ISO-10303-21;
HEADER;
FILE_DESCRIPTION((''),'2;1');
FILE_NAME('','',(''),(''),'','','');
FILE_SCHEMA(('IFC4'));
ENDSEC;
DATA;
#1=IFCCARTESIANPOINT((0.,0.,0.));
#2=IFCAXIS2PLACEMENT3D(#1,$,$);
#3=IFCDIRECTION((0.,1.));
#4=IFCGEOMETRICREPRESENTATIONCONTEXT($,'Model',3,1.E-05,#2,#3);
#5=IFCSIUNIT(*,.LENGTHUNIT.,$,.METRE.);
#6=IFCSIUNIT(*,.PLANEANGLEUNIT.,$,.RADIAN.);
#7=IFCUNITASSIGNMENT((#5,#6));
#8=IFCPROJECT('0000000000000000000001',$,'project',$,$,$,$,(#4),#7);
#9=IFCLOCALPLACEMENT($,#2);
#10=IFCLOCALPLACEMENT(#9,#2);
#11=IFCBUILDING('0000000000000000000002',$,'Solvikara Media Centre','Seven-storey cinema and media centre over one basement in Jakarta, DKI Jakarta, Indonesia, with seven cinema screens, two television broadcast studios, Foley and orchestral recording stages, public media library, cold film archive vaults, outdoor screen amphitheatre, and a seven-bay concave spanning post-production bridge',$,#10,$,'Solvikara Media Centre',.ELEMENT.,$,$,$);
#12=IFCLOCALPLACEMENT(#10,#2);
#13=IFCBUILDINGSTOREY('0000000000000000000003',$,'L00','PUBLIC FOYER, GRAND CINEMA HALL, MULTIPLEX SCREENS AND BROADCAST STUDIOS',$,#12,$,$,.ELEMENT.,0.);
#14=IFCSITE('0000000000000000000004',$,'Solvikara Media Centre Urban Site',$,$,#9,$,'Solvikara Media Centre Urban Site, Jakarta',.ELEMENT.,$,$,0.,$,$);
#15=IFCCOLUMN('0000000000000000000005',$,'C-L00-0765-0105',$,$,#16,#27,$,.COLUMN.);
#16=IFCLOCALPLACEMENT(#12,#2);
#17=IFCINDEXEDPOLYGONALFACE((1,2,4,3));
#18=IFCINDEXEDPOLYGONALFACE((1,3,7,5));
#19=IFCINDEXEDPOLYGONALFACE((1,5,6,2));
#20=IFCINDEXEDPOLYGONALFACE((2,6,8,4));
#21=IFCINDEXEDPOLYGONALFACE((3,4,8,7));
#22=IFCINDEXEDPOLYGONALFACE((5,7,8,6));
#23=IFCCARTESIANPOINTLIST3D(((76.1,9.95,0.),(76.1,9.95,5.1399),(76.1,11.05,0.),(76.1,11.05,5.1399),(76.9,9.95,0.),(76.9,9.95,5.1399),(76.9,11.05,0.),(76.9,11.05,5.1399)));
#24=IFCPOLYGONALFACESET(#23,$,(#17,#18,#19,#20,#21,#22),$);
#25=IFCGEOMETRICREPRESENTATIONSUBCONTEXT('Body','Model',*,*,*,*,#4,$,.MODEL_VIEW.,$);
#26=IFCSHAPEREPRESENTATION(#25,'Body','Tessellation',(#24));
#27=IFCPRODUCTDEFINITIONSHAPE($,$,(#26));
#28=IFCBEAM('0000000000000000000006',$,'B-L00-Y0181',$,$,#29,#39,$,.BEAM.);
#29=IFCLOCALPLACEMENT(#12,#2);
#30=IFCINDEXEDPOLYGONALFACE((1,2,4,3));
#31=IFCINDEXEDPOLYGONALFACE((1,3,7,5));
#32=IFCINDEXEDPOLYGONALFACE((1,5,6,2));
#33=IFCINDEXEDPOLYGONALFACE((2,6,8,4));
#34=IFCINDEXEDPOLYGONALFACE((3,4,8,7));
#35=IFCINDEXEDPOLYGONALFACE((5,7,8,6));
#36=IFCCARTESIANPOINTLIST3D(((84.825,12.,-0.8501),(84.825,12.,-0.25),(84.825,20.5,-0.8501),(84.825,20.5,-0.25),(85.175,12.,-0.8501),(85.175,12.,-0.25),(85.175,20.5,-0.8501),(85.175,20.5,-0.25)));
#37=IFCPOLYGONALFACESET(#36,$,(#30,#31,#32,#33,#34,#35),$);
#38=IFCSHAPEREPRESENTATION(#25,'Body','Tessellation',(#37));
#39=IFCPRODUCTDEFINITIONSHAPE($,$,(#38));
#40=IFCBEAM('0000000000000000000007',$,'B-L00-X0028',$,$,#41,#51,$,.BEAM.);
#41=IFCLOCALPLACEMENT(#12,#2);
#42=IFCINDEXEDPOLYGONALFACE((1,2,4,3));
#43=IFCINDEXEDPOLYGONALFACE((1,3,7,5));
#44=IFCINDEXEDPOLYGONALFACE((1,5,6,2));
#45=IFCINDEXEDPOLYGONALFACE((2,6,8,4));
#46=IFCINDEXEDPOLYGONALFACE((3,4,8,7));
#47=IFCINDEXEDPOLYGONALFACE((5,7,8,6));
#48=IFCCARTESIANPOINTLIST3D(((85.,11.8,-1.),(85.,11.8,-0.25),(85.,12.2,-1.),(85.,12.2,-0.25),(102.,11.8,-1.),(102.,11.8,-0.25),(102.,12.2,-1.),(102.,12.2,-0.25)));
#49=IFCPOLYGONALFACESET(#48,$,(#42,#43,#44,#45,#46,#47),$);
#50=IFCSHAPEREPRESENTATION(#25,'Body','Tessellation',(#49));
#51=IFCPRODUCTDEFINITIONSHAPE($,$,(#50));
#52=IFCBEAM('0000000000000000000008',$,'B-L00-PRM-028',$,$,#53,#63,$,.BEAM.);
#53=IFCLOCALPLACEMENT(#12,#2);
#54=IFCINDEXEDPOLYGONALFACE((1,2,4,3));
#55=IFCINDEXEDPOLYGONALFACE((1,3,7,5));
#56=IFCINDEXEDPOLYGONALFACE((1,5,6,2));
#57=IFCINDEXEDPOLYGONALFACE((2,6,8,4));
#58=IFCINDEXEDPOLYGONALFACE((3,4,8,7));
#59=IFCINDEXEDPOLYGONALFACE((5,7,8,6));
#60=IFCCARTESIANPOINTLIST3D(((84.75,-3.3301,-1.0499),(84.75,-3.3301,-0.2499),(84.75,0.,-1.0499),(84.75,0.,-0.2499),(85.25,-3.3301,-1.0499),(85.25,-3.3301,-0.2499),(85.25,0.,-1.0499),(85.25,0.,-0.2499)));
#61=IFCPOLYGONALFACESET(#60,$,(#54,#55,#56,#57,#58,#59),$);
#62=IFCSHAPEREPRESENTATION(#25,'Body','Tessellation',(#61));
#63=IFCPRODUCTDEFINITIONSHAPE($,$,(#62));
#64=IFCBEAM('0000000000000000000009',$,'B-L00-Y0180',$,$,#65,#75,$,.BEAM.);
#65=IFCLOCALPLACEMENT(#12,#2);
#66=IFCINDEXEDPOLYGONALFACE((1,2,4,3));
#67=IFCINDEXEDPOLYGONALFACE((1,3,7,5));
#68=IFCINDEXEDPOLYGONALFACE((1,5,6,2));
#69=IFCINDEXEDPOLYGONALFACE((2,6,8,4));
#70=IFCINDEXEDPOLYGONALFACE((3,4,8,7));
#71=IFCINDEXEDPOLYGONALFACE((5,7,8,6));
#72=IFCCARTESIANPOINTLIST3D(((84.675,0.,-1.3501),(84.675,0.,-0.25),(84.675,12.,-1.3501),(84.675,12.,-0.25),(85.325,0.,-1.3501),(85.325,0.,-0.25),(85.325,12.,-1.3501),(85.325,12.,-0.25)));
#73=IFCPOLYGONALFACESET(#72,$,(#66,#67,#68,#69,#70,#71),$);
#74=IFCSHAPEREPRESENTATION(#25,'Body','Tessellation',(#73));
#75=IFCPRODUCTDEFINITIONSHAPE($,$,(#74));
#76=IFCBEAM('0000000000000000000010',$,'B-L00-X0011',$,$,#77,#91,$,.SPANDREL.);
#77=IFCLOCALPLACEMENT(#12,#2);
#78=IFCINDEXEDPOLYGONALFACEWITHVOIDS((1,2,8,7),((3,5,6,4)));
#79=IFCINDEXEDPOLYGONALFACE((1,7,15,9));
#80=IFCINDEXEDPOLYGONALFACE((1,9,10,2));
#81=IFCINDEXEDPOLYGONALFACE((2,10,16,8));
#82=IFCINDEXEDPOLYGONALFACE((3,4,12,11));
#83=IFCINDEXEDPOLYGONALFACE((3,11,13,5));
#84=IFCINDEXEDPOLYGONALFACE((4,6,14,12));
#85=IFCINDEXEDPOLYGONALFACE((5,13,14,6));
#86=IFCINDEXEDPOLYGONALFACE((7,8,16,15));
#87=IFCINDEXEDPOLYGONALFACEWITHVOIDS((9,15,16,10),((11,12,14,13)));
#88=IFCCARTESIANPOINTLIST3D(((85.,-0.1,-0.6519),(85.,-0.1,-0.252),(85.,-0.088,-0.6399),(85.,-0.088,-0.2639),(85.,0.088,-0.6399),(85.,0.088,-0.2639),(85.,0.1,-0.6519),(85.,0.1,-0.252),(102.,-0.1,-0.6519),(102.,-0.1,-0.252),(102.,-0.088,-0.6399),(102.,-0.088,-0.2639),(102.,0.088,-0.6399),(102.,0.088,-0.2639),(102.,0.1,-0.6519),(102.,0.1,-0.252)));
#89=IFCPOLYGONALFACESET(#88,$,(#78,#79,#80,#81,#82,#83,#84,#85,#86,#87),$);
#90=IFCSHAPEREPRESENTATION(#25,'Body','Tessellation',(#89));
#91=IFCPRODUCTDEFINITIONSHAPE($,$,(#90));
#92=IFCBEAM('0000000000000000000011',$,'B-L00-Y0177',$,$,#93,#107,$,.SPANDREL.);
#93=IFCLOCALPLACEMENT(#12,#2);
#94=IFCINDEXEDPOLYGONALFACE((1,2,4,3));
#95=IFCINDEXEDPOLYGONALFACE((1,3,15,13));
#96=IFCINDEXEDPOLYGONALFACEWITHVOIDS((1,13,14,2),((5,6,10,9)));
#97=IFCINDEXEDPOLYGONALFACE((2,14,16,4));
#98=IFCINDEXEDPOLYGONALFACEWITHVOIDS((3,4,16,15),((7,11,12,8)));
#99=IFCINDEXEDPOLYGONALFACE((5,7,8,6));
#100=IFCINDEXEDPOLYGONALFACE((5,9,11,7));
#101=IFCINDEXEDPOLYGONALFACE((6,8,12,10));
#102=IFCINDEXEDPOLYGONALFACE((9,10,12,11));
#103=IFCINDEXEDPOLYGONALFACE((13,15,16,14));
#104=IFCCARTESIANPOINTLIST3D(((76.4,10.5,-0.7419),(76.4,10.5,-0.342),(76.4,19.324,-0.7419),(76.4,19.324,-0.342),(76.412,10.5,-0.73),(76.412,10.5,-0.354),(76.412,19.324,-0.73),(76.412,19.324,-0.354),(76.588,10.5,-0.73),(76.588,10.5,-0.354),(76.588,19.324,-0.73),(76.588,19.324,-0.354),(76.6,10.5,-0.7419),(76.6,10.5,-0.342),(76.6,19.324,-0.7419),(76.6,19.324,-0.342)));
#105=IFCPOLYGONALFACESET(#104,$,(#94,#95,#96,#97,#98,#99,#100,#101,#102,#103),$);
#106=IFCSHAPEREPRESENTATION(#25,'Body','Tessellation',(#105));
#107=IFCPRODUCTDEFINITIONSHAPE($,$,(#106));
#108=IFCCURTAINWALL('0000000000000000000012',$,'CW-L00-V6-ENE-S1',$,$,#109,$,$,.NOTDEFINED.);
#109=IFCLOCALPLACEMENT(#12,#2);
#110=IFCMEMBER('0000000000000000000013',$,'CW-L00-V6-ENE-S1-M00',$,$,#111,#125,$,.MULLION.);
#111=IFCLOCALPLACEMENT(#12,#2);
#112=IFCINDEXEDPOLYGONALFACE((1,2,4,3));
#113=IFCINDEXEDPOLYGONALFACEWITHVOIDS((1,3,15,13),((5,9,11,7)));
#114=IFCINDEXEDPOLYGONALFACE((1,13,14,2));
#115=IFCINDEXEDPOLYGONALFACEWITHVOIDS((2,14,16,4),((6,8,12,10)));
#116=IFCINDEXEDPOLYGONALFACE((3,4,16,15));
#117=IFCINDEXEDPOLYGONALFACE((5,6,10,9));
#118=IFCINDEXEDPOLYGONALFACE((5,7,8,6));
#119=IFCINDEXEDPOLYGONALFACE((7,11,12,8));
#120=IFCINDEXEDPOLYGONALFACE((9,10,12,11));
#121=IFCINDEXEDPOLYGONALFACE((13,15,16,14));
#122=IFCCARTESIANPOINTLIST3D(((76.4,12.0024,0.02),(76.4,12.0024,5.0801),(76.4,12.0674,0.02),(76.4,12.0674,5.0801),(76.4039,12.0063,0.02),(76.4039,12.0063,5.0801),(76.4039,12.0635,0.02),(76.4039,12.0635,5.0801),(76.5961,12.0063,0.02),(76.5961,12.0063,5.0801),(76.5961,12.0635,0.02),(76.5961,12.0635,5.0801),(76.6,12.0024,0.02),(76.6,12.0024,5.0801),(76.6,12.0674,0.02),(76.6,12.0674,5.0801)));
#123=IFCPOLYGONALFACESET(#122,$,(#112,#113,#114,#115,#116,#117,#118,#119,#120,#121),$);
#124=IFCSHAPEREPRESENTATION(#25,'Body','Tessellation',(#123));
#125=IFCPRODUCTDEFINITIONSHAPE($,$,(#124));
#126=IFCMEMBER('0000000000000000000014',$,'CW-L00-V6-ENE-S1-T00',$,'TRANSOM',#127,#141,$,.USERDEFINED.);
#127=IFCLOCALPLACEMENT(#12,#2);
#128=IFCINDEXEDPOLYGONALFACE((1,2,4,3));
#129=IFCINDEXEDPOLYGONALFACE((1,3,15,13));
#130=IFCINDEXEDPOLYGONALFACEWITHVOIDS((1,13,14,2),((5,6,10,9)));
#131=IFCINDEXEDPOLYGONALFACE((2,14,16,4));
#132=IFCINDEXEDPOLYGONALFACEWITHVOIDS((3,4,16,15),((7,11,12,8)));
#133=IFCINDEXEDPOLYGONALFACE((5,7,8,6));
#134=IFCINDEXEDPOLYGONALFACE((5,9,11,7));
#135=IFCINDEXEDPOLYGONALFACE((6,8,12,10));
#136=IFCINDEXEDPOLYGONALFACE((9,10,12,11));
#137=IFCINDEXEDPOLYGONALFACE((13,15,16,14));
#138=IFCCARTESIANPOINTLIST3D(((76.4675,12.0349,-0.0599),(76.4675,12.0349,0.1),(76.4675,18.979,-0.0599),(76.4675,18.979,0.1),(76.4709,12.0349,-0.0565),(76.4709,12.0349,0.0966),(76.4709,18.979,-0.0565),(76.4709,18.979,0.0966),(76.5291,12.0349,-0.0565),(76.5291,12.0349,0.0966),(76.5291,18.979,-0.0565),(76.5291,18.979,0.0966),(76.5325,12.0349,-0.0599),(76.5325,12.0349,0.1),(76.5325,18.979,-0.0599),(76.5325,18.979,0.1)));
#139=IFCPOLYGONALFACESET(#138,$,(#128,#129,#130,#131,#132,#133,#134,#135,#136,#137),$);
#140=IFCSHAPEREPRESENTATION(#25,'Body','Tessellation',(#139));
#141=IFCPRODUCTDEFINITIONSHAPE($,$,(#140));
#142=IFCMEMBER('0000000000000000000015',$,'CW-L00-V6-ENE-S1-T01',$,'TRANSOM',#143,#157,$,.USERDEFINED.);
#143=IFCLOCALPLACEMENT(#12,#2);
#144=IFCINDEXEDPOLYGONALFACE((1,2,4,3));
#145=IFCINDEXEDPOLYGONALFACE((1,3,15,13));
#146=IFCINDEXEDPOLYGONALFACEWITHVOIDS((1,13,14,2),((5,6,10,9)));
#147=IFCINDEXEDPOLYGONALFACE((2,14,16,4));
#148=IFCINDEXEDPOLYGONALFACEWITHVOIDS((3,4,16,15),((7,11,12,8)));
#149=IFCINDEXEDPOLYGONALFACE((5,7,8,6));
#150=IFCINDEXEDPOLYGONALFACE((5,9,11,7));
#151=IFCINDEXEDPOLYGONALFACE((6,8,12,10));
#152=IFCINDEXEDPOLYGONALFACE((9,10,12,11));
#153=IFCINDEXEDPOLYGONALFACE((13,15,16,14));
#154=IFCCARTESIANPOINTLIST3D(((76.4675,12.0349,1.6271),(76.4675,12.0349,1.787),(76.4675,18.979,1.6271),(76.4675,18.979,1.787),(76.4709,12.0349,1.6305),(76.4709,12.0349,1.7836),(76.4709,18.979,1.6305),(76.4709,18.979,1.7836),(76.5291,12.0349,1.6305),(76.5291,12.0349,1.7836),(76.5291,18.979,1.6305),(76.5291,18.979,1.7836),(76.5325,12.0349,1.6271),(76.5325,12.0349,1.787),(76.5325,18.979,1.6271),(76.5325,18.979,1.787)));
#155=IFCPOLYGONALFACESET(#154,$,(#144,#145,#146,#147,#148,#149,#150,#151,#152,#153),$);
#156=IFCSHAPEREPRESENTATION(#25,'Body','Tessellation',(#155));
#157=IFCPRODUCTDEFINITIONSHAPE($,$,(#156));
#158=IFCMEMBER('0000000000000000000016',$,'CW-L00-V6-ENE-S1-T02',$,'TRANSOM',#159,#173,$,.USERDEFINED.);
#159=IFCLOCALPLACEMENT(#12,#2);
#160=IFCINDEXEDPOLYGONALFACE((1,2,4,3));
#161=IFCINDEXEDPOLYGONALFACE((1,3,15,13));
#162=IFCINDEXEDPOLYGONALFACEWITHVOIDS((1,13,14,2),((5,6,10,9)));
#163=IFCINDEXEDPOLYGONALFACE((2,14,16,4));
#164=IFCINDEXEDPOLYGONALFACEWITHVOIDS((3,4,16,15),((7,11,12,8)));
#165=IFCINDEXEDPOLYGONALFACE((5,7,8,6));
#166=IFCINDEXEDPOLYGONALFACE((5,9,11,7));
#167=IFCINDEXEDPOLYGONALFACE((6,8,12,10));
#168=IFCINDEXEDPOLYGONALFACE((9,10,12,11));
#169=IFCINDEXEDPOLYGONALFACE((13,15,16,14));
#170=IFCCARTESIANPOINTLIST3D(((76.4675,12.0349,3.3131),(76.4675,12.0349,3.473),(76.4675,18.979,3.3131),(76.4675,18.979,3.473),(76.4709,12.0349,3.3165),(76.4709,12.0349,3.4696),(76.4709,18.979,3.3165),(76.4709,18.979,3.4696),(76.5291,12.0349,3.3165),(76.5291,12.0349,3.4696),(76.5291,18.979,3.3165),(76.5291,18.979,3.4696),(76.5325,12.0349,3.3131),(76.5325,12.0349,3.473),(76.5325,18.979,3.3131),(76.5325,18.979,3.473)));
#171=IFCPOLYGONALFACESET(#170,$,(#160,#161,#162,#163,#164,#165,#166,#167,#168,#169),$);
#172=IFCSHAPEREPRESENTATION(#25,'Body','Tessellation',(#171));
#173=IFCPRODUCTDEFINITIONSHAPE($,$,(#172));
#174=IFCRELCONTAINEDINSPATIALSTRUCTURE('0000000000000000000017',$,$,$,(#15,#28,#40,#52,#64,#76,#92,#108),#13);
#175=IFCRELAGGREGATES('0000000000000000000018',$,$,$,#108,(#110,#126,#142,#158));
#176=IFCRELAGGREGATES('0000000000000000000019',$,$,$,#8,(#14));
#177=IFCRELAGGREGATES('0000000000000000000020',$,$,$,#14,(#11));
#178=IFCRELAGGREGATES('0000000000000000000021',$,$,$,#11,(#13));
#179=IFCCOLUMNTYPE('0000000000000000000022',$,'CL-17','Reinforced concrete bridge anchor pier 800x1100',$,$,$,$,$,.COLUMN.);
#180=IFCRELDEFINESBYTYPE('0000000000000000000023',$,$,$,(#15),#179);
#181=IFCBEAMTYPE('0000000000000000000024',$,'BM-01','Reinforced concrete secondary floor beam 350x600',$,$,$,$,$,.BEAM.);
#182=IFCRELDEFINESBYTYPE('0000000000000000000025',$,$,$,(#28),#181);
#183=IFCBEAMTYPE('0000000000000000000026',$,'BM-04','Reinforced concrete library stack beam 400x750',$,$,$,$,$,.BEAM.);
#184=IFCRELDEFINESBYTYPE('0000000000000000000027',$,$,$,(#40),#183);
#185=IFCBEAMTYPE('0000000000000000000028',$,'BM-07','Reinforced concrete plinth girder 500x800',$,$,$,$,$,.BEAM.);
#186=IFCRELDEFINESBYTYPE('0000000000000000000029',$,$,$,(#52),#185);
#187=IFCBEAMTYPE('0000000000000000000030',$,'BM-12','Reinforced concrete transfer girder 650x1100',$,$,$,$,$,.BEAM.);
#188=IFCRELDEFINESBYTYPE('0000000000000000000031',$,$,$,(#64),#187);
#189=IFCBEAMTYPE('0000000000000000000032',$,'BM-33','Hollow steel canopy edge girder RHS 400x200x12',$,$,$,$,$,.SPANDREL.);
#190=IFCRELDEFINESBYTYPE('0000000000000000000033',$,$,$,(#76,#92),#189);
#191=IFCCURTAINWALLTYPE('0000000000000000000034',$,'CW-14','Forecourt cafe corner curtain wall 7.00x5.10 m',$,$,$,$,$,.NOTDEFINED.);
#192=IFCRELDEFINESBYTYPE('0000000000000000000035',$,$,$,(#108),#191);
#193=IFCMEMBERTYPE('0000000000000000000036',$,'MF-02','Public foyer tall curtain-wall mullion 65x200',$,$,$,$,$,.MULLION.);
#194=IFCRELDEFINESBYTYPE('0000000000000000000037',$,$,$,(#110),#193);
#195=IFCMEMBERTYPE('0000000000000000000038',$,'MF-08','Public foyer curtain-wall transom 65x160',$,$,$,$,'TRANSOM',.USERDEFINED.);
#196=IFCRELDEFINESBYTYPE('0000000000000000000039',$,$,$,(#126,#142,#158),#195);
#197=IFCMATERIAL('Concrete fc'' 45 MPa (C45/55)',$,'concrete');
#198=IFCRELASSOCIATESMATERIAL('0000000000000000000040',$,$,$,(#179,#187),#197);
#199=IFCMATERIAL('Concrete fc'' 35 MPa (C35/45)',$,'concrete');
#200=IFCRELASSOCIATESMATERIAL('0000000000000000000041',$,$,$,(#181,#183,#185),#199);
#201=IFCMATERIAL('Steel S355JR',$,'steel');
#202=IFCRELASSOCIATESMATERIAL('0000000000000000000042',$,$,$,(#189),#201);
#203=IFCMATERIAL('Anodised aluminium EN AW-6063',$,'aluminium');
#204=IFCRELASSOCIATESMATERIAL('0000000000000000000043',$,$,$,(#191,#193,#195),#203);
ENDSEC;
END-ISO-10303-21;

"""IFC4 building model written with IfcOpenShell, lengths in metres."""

from ifc_helpers import new_model, si_unit, direction, frame, origin, origin_2d, place, context, subcontext, project, spatial, rectangle, hollow_rectangle, extrude, material, material_profile, profile_set, type_object, element, aggregate, save


model = new_model("IFC4")

# Units and contexts
model_context = context("Model", 3, precision=1e-05, world=origin(), true_north=direction((0.0, 1.0)))
body_context = subcontext(model_context, "Body", "Model", "MODEL_VIEW")
ifc_project = project(units=[si_unit("LENGTHUNIT", "METRE"), si_unit("PLANEANGLEUNIT", "RADIAN")], contexts=[model_context])

# Site, building, storey
site_placement = place(None, origin())
site = spatial("IfcSite", under=ifc_project, at=site_placement, Name="Solvikara Media Centre Urban Site", LongName="Solvikara Media Centre Urban Site, Jakarta", CompositionType="ELEMENT", RefElevation=0.0)
building_placement = place(site_placement, origin())
building = spatial("IfcBuilding", under=site, at=building_placement, Name="Solvikara Media Centre", Description="Seven-storey cinema and media centre over one basement in Jakarta, DKI Jakarta, Indonesia, with seven cinema screens, two television broadcast studios, Foley and orchestral recording stages, public media library, cold film archive vaults, outdoor screen amphitheatre, and a seven-bay concave spanning post-production bridge", LongName="Solvikara Media Centre", CompositionType="ELEMENT")
storey_placement = place(building_placement, origin())
storey = spatial("IfcBuildingStorey", under=building, at=storey_placement, Name="L00", Description="PUBLIC FOYER, GRAND CINEMA HALL, MULTIPLEX SCREENS AND BROADCAST STUDIOS", CompositionType="ELEMENT", Elevation=0.0)

# Column
ifc_material_1 = material(Name="Concrete fc' 45 MPa (C45/55)", Category="concrete")
ifc_material_profile_1 = material_profile(ifc_material_1, rectangle(XDim=0.8, YDim=1.1001, at=origin_2d()), Name="RC 800x1100")
ifc_profile_set_1 = profile_set([ifc_material_profile_1], Name="Concrete fc' 45 MPa (C45/55)")
column_type = type_object("IfcColumnType", Name="CL-17", Description="Reinforced concrete bridge anchor pier 800x1100", PredefinedType="COLUMN", material=ifc_profile_set_1)
column_placement = place(storey_placement, frame((76.5, 10.5, 0.0), z_axis=(0.0, 0.0, 1.0), x_axis=(1.0, 0.0, 0.0)))
element("IfcColumn", 1, at=column_placement, inside=storey, type_object=column_type, Name="C-L00-0765-0105", PredefinedType="COLUMN", context=body_context, shape_type="SweptSolid", body=[
    extrude(rectangle(XDim=0.8, YDim=1.1001, at=origin_2d()), origin(), (0.0, 0.0, 1.0), 5.1399),
])

# Beams
ifc_material_2 = material(Name="Concrete fc' 35 MPa (C35/45)", Category="concrete")
ifc_material_profile_2 = material_profile(ifc_material_2, rectangle(XDim=0.3501, YDim=0.6001, at=origin_2d()), Name="RC 350x600")
ifc_profile_set_2 = profile_set([ifc_material_profile_2], Name="Concrete fc' 35 MPa (C35/45)")
beam_type_1 = type_object("IfcBeamType", Name="BM-01", Description="Reinforced concrete secondary floor beam 350x600", PredefinedType="BEAM", material=ifc_profile_set_2)
beam_1_placement = place(storey_placement, frame((85.0, 12.0, -0.55), z_axis=(0.0, 1.0, 0.0), x_axis=(-1.0, 0.0, 0.0)))
element("IfcBeam", 2, at=beam_1_placement, inside=storey, type_object=beam_type_1, Name="B-L00-Y0181", PredefinedType="BEAM", context=body_context, shape_type="SweptSolid", body=[
    extrude(rectangle(XDim=0.3501, YDim=0.6001, at=origin_2d()), origin(), (0.0, 0.0, 1.0), 8.5),
])
ifc_material_profile_3 = material_profile(ifc_material_2, rectangle(XDim=0.3999, YDim=0.75, at=origin_2d()), Name="RC 400x750")
ifc_profile_set_3 = profile_set([ifc_material_profile_3], Name="Concrete fc' 35 MPa (C35/45)")
beam_type_2 = type_object("IfcBeamType", Name="BM-04", Description="Reinforced concrete library stack beam 400x750", PredefinedType="BEAM", material=ifc_profile_set_3)
beam_2_placement = place(storey_placement, frame((85.0, 12.0, -0.625), z_axis=(1.0, 0.0, 0.0), x_axis=(0.0, 1.0, 0.0)))
element("IfcBeam", 3, at=beam_2_placement, inside=storey, type_object=beam_type_2, Name="B-L00-X0028", PredefinedType="BEAM", context=body_context, shape_type="SweptSolid", body=[
    extrude(rectangle(XDim=0.3999, YDim=0.75, at=origin_2d()), origin(), (0.0, 0.0, 1.0), 17.0),
])
ifc_material_profile_4 = material_profile(ifc_material_2, rectangle(XDim=0.5, YDim=0.8, at=origin_2d()), Name="RC 500x800")
ifc_profile_set_4 = profile_set([ifc_material_profile_4], Name="Concrete fc' 35 MPa (C35/45)")
beam_type_3 = type_object("IfcBeamType", Name="BM-07", Description="Reinforced concrete plinth girder 500x800", PredefinedType="BEAM", material=ifc_profile_set_4)
beam_3_placement = place(storey_placement, frame((85.0, -3.3301, -0.6499), z_axis=(0.0, 1.0, 0.0), x_axis=(-1.0, 0.0, 0.0)))
element("IfcBeam", 4, at=beam_3_placement, inside=storey, type_object=beam_type_3, Name="B-L00-PRM-028", PredefinedType="BEAM", context=body_context, shape_type="SweptSolid", body=[
    extrude(rectangle(XDim=0.5, YDim=0.8, at=origin_2d()), origin(), (0.0, 0.0, 1.0), 3.3301),
])
ifc_material_profile_5 = material_profile(ifc_material_1, rectangle(XDim=0.6499, YDim=1.1001, at=origin_2d()), Name="RC 650x1100")
ifc_profile_set_5 = profile_set([ifc_material_profile_5], Name="Concrete fc' 45 MPa (C45/55)")
beam_type_4 = type_object("IfcBeamType", Name="BM-12", Description="Reinforced concrete transfer girder 650x1100", PredefinedType="BEAM", material=ifc_profile_set_5)
beam_4_placement = place(storey_placement, frame((85.0, 0.0, -0.8), z_axis=(0.0, 1.0, 0.0), x_axis=(-1.0, 0.0, 0.0)))
element("IfcBeam", 5, at=beam_4_placement, inside=storey, type_object=beam_type_4, Name="B-L00-Y0180", PredefinedType="BEAM", context=body_context, shape_type="SweptSolid", body=[
    extrude(rectangle(XDim=0.6499, YDim=1.1001, at=origin_2d()), origin(), (0.0, 0.0, 1.0), 12.0),
])
ifc_material_3 = material(Name="Steel S355JR", Category="steel")
ifc_material_profile_6 = material_profile(ifc_material_3, hollow_rectangle(XDim=0.2, YDim=0.3999, WallThickness=0.012, at=origin_2d()), Name="RHS 400x200x12")
ifc_profile_set_6 = profile_set([ifc_material_profile_6], Name="Steel S355JR")
beam_type_5 = type_object("IfcBeamType", Name="BM-33", Description="Hollow steel canopy edge girder RHS 400x200x12", PredefinedType="SPANDREL", material=ifc_profile_set_6)
beam_5_placement = place(storey_placement, frame((85.0, 0.0, -0.4519), z_axis=(1.0, 0.0, 0.0), x_axis=(0.0, 1.0, 0.0)))
element("IfcBeam", 6, at=beam_5_placement, inside=storey, type_object=beam_type_5, Name="B-L00-X0011", PredefinedType="SPANDREL", context=body_context, shape_type="SweptSolid", body=[
    extrude(hollow_rectangle(XDim=0.2, YDim=0.3999, WallThickness=0.012, at=origin_2d()), origin(), (0.0, 0.0, 1.0), 17.0),
])
beam_6_placement = place(storey_placement, frame((76.5, 10.5, -0.542), z_axis=(0.0, 1.0, 0.0), x_axis=(-1.0, 0.0, 0.0)))
element("IfcBeam", 7, at=beam_6_placement, inside=storey, type_object=beam_type_5, Name="B-L00-Y0177", PredefinedType="SPANDREL", context=body_context, shape_type="SweptSolid", body=[
    extrude(hollow_rectangle(XDim=0.2, YDim=0.3999, WallThickness=0.012, at=origin_2d()), origin(), (0.0, 0.0, 1.0), 8.824),
])

# Curtain wall, members
ifc_material_4 = material(Name="Anodised aluminium EN AW-6063", Category="aluminium")
curtain_wall_type = type_object("IfcCurtainWallType", Name="CW-14", Description="Forecourt cafe corner curtain wall 7.00x5.10 m", PredefinedType="NOTDEFINED", material=ifc_material_4)
curtain_wall_placement = place(storey_placement, origin())
curtain_wall = element("IfcCurtainWall", 8, at=curtain_wall_placement, inside=storey, type_object=curtain_wall_type, Name="CW-L00-V6-ENE-S1", PredefinedType="NOTDEFINED")
ifc_material_profile_7 = material_profile(ifc_material_4, hollow_rectangle(XDim=0.0649, YDim=0.2, WallThickness=0.0039, at=origin_2d()), Name="ALU-M 65x200x4")
ifc_profile_set_7 = profile_set([ifc_material_profile_7], Name="Anodised aluminium EN AW-6063")
member_type_1 = type_object("IfcMemberType", Name="MF-02", Description="Public foyer tall curtain-wall mullion 65x200", PredefinedType="MULLION", material=ifc_profile_set_7)
member_1_placement = place(storey_placement, frame((76.5, 12.0349, 0.02), z_axis=(0.0, 0.0, 1.0), x_axis=(0.0, 1.0, 0.0)))
member_1 = element("IfcMember", 9, at=member_1_placement, type_object=member_type_1, Name="CW-L00-V6-ENE-S1-M00", PredefinedType="MULLION", context=body_context, shape_type="SweptSolid", body=[
    extrude(hollow_rectangle(XDim=0.0649, YDim=0.2, WallThickness=0.0039, at=origin_2d()), origin(), (0.0, 0.0, 1.0), 5.0601),
])
ifc_material_profile_8 = material_profile(ifc_material_4, hollow_rectangle(XDim=0.0649, YDim=0.1599, WallThickness=0.0034, at=origin_2d()), Name="ALU-T 65x160x3.5")
ifc_profile_set_8 = profile_set([ifc_material_profile_8], Name="Anodised aluminium EN AW-6063")
member_type_2 = type_object("IfcMemberType", Name="MF-08", Description="Public foyer curtain-wall transom 65x160", ElementType="TRANSOM", PredefinedType="USERDEFINED", material=ifc_profile_set_8)
member_2_placement = place(storey_placement, frame((76.5, 12.0349, 0.02), z_axis=(0.0, 1.0, 0.0), x_axis=(-1.0, 0.0, 0.0)))
member_2 = element("IfcMember", 10, at=member_2_placement, type_object=member_type_2, Name="CW-L00-V6-ENE-S1-T00", ObjectType="TRANSOM", PredefinedType="USERDEFINED", context=body_context, shape_type="SweptSolid", body=[
    extrude(hollow_rectangle(XDim=0.0649, YDim=0.1599, WallThickness=0.0034, at=origin_2d()), origin(), (0.0, 0.0, 1.0), 6.9441),
])
member_3_placement = place(storey_placement, frame((76.5, 12.0349, 1.707), z_axis=(0.0, 1.0, 0.0), x_axis=(-1.0, 0.0, 0.0)))
member_3 = element("IfcMember", 11, at=member_3_placement, type_object=member_type_2, Name="CW-L00-V6-ENE-S1-T01", ObjectType="TRANSOM", PredefinedType="USERDEFINED", context=body_context, shape_type="SweptSolid", body=[
    extrude(hollow_rectangle(XDim=0.0649, YDim=0.1599, WallThickness=0.0034, at=origin_2d()), origin(), (0.0, 0.0, 1.0), 6.9441),
])
member_4_placement = place(storey_placement, frame((76.5, 12.0349, 3.3931), z_axis=(0.0, 1.0, 0.0), x_axis=(-1.0, 0.0, 0.0)))
member_4 = element("IfcMember", 12, at=member_4_placement, type_object=member_type_2, Name="CW-L00-V6-ENE-S1-T02", ObjectType="TRANSOM", PredefinedType="USERDEFINED", context=body_context, shape_type="SweptSolid", body=[
    extrude(hollow_rectangle(XDim=0.0649, YDim=0.1599, WallThickness=0.0034, at=origin_2d()), origin(), (0.0, 0.0, 1.0), 6.9441),
])
aggregate(curtain_wall, [member_1, member_2, member_3, member_4])

save(model, "model.ifc")
